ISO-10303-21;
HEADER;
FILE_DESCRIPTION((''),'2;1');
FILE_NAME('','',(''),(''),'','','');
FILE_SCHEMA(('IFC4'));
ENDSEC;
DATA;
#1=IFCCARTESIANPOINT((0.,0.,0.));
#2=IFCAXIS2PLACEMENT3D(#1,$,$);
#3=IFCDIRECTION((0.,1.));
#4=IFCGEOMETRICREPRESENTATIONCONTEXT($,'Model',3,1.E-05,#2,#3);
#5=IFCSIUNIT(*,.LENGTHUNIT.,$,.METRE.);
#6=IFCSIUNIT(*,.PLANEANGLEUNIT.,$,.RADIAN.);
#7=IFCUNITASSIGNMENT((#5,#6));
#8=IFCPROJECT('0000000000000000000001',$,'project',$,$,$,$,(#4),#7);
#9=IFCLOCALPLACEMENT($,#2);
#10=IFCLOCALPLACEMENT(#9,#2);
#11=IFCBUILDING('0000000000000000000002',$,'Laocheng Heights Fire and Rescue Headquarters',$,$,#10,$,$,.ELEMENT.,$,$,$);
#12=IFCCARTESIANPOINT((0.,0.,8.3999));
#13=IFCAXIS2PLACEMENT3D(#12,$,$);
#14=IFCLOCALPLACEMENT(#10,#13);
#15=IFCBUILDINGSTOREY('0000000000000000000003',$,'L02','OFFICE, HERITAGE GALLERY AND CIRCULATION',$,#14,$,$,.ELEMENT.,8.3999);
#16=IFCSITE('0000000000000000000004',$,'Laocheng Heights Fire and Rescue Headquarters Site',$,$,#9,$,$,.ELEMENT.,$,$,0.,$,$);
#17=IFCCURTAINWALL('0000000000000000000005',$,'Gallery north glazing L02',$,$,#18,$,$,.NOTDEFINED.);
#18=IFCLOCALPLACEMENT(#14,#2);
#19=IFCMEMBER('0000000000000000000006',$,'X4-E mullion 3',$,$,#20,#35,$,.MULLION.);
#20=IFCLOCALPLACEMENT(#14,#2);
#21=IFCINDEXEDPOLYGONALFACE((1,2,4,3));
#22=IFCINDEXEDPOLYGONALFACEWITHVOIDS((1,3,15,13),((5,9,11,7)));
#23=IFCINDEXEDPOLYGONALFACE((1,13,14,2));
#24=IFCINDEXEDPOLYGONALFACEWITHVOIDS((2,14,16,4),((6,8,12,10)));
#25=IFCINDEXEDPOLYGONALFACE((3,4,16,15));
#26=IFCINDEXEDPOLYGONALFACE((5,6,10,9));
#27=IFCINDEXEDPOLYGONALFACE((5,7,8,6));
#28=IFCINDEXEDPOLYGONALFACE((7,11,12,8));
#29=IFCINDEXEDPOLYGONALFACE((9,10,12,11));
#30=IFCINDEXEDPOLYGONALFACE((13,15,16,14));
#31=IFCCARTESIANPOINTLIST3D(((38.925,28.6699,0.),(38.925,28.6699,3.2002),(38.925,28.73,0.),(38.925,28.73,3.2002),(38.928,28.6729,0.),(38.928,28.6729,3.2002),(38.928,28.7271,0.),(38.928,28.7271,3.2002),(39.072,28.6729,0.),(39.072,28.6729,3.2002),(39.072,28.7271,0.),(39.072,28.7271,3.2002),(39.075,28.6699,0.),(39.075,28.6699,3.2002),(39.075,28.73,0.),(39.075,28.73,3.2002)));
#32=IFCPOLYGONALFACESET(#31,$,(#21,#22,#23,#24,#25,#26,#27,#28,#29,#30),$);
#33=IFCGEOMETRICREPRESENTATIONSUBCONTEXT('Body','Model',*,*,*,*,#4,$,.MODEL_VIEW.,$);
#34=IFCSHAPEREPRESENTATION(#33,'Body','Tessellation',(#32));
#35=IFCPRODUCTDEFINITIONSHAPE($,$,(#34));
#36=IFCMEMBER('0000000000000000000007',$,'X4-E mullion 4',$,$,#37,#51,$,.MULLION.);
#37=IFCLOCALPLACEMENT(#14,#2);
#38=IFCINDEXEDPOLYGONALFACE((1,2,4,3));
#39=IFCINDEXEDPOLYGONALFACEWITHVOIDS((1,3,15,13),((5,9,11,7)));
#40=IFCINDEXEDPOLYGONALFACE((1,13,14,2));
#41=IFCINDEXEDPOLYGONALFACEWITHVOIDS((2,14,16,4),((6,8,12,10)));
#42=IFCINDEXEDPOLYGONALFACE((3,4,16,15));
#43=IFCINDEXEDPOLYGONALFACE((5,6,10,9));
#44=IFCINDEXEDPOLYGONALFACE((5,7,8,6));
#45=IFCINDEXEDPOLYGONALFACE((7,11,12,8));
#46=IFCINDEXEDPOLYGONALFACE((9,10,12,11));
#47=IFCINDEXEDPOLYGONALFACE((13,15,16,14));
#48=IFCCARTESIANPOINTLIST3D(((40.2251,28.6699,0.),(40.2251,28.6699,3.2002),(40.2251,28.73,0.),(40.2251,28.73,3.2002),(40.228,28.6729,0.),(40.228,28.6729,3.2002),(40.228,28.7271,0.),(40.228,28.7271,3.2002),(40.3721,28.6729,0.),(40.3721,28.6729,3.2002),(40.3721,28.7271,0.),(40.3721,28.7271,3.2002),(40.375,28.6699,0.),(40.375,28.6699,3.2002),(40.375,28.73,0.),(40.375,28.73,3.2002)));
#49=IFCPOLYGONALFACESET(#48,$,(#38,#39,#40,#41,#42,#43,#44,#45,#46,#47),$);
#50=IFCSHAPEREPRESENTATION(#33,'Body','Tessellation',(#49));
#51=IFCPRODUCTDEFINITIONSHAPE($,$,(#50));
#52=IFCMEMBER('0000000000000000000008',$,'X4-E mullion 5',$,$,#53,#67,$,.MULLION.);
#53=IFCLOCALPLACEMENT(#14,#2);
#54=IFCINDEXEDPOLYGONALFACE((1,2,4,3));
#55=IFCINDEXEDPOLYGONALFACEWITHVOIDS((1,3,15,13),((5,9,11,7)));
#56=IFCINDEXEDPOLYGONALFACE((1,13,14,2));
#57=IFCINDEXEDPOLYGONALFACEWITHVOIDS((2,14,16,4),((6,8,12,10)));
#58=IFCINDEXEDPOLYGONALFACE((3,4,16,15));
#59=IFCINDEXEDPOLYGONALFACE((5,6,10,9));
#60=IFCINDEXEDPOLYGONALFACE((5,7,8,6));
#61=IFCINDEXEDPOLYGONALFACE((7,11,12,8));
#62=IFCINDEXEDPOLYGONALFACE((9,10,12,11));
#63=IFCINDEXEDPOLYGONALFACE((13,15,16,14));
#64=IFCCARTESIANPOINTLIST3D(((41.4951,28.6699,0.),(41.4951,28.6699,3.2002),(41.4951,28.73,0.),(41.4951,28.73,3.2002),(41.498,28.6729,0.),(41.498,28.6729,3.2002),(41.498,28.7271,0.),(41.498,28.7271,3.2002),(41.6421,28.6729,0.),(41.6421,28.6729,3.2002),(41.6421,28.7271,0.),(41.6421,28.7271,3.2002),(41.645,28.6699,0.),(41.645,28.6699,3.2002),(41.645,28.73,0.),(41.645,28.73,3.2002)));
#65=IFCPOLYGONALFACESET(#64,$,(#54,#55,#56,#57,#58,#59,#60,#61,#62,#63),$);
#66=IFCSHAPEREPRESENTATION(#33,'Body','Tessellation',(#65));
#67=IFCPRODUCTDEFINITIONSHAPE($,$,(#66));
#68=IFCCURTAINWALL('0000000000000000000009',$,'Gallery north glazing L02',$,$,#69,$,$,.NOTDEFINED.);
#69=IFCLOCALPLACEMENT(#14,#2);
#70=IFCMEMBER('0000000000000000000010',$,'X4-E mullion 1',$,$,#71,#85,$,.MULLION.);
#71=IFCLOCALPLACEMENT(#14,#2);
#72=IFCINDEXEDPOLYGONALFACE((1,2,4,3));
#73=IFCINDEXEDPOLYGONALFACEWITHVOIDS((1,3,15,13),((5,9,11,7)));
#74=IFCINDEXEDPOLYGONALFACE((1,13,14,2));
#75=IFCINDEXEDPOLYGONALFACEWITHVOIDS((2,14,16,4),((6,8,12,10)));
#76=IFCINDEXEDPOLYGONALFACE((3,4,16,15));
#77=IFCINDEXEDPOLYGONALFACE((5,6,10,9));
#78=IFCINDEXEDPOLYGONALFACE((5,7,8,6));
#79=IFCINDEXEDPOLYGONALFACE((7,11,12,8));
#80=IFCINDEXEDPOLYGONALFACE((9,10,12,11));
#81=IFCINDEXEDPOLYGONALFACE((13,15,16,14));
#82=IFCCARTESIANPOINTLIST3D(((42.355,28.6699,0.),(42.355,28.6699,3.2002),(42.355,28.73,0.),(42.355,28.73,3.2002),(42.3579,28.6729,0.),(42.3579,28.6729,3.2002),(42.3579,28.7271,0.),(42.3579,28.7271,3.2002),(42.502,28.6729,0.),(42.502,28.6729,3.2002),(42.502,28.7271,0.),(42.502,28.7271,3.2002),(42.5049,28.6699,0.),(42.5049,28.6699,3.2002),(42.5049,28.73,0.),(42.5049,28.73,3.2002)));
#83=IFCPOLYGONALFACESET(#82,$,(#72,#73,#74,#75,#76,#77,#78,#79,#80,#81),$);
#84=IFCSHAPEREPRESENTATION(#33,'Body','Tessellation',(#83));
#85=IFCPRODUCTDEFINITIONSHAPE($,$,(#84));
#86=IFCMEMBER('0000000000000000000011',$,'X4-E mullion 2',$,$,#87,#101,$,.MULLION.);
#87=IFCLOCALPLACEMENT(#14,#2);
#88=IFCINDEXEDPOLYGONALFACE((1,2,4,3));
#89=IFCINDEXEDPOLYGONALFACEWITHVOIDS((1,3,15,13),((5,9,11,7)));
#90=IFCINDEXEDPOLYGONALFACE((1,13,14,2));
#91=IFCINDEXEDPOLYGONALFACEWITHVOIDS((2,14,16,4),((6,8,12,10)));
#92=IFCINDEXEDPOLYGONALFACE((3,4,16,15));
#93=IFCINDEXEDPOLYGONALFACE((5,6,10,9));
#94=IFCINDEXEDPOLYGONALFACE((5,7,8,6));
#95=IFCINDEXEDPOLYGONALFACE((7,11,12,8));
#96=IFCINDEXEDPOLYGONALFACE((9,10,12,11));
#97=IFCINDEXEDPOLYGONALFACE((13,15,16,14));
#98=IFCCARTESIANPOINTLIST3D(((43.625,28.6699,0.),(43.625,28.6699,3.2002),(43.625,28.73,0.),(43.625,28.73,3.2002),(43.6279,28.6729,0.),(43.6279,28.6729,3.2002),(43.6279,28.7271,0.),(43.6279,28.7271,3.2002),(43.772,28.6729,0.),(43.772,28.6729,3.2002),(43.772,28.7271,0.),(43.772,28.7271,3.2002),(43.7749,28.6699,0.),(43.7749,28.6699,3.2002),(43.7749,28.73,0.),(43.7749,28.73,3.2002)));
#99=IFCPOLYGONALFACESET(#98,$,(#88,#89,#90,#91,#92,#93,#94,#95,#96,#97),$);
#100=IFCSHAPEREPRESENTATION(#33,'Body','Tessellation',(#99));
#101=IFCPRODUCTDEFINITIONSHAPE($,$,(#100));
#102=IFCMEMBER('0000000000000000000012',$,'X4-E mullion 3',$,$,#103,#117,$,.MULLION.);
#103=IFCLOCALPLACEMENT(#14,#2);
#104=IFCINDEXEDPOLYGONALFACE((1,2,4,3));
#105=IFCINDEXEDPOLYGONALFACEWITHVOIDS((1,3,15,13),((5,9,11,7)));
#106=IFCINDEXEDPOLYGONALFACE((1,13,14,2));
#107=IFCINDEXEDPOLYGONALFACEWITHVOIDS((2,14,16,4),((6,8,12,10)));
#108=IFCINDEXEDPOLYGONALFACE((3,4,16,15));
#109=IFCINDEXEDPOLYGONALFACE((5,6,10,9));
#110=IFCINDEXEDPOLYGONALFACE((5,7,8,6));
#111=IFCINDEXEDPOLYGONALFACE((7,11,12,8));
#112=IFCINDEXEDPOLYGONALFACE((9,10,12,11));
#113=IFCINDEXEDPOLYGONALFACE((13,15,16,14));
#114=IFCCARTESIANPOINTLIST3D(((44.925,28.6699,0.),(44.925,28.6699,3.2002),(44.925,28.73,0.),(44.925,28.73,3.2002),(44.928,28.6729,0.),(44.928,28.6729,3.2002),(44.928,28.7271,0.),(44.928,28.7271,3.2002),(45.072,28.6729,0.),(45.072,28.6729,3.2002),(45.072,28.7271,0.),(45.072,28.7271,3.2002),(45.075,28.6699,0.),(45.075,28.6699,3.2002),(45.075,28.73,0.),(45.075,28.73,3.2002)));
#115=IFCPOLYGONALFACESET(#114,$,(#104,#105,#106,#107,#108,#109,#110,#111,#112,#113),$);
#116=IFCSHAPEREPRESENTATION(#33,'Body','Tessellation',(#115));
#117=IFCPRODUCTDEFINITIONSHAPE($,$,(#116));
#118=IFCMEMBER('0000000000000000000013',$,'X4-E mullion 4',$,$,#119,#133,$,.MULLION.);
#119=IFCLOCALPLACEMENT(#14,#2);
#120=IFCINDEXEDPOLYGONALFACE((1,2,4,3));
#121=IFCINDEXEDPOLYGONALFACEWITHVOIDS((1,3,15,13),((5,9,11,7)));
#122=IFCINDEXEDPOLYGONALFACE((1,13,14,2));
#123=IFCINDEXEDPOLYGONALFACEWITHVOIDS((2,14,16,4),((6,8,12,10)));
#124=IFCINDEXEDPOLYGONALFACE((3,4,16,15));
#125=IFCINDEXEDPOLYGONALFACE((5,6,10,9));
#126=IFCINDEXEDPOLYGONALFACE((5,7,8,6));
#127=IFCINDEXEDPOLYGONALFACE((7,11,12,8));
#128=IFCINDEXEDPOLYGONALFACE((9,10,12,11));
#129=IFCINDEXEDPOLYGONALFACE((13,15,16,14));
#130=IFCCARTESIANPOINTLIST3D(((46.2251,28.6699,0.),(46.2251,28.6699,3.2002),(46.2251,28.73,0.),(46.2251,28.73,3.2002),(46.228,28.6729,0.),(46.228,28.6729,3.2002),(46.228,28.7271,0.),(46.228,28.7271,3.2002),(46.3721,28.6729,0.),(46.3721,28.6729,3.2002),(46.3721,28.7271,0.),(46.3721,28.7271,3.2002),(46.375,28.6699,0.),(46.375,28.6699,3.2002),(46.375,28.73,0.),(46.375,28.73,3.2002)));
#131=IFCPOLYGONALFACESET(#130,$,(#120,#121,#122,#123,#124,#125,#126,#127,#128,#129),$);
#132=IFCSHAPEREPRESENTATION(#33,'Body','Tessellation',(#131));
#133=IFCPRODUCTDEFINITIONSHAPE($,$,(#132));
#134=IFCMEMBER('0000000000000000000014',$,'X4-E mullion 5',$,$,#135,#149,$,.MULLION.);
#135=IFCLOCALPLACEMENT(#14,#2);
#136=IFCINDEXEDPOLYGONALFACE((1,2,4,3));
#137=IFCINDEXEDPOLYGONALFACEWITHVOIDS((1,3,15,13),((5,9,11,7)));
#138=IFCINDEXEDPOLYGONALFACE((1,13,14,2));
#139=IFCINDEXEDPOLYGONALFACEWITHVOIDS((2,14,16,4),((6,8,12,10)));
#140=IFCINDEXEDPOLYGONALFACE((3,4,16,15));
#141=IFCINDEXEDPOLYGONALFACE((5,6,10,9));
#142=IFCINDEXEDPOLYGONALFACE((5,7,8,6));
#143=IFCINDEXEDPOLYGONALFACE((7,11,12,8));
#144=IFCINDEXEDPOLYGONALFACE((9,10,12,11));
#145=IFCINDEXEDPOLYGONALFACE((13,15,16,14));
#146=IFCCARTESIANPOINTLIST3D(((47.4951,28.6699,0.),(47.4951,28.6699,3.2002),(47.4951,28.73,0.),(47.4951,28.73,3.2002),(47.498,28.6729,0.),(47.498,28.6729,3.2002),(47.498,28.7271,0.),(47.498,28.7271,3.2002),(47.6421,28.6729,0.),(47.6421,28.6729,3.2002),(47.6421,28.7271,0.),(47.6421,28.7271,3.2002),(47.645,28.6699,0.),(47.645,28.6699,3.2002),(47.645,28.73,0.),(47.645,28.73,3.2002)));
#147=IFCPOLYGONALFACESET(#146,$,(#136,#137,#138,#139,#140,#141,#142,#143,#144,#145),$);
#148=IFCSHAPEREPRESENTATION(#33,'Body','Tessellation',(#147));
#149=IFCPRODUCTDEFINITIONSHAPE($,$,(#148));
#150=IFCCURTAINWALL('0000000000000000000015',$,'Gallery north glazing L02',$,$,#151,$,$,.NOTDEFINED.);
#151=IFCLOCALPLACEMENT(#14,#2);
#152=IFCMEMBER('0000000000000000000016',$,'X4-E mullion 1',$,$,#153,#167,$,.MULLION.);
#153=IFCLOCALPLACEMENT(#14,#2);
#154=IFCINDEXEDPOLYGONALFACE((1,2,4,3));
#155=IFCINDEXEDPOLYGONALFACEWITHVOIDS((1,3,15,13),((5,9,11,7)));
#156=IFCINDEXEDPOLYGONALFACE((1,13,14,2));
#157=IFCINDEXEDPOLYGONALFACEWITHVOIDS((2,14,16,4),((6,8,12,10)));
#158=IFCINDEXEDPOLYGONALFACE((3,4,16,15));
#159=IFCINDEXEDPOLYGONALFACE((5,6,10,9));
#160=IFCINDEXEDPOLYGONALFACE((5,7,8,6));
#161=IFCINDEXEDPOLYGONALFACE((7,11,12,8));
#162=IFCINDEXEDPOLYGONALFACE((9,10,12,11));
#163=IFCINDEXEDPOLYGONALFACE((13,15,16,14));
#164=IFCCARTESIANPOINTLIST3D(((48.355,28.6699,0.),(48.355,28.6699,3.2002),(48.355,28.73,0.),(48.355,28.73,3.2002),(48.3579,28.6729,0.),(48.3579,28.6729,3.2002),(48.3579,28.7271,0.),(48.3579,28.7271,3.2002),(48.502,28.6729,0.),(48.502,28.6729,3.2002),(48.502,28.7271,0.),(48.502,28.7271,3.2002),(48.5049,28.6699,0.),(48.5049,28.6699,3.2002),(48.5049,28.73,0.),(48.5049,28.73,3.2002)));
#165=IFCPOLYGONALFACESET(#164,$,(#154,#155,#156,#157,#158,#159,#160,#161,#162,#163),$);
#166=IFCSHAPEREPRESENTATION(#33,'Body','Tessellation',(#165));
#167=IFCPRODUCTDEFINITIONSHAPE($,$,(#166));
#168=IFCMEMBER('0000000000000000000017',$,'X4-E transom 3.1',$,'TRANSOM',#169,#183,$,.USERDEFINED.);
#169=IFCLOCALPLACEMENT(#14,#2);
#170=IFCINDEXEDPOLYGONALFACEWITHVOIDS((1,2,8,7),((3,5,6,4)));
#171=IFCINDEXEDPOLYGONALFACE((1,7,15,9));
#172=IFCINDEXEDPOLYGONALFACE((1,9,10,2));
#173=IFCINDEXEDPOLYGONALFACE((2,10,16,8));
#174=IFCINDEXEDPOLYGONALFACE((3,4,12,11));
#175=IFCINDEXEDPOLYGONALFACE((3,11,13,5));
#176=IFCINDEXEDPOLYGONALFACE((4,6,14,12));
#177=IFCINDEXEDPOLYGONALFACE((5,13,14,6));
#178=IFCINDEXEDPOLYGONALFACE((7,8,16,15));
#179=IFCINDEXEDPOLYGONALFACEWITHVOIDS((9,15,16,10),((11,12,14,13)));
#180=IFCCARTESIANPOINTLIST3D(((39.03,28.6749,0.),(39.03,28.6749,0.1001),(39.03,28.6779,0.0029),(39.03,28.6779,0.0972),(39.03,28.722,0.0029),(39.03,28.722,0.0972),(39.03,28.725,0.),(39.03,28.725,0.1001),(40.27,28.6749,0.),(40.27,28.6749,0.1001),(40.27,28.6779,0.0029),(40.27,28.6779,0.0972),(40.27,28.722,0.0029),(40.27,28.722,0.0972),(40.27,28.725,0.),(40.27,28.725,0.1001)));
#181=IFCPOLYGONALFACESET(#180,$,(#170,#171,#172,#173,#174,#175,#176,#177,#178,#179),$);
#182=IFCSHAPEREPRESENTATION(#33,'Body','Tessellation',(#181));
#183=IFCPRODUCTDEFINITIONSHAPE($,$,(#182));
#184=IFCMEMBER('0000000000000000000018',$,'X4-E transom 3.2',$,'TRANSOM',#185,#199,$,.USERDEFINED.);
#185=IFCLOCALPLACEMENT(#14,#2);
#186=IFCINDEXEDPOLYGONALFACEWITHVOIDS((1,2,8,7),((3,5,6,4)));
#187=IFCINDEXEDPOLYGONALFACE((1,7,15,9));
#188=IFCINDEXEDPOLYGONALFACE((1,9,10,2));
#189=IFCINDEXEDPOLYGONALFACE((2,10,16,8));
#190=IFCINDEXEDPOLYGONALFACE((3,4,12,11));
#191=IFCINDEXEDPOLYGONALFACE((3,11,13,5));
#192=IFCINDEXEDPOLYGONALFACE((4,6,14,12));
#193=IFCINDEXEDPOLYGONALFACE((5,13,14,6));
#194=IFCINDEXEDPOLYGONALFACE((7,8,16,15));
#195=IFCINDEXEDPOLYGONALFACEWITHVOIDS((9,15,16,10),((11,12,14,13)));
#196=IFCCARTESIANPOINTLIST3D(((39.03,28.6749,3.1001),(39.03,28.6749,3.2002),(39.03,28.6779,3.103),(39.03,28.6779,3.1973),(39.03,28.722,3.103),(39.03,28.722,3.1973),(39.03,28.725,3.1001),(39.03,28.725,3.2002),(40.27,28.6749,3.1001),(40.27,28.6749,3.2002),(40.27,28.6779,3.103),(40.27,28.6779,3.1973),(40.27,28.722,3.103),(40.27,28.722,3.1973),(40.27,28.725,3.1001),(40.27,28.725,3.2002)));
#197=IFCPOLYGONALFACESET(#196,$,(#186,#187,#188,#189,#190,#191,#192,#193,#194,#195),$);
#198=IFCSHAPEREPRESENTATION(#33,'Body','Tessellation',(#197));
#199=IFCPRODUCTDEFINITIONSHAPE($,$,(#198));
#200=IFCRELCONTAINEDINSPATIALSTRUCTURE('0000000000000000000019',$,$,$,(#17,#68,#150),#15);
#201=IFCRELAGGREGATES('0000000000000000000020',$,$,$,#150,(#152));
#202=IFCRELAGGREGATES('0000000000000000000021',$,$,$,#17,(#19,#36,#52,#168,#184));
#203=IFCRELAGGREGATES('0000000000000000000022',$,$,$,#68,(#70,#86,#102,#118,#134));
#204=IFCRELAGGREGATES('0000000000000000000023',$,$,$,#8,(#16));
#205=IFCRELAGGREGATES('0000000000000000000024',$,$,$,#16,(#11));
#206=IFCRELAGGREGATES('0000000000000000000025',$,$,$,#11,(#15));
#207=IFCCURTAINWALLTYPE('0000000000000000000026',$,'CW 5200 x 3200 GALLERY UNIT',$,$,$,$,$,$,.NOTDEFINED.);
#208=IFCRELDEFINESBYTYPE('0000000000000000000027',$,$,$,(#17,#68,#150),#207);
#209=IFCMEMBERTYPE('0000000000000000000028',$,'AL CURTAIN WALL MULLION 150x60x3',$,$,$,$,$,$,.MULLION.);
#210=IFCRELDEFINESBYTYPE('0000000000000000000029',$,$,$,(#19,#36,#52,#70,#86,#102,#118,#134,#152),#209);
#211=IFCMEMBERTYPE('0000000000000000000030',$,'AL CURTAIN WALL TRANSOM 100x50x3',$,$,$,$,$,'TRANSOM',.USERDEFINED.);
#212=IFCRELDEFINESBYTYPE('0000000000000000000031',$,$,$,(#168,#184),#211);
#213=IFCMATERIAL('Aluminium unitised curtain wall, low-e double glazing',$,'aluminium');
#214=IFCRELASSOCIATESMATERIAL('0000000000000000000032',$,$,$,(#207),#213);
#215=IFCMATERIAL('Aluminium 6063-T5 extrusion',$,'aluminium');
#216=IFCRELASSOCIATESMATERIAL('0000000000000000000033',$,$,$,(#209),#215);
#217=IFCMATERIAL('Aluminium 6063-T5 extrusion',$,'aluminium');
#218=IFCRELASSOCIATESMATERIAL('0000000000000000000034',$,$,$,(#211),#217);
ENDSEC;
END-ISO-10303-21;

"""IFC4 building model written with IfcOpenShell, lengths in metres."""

from ifc_helpers import new_model, si_unit, direction, frame, origin, origin_2d, place, context, subcontext, project, spatial, hollow_rectangle, extrude, material, material_profile, profile_set, type_object, element, aggregate, save


model = new_model("IFC4")

# Units and contexts
model_context = context("Model", 3, precision=1e-05, world=origin(), true_north=direction((0.0, 1.0)))
body_context = subcontext(model_context, "Body", "Model", "MODEL_VIEW")
ifc_project = project(units=[si_unit("LENGTHUNIT", "METRE"), si_unit("PLANEANGLEUNIT", "RADIAN")], contexts=[model_context])

# Site, building, storey
site_placement = place(None, origin())
site = spatial("IfcSite", under=ifc_project, at=site_placement, Name="Laocheng Heights Fire and Rescue Headquarters Site", CompositionType="ELEMENT", RefElevation=0.0)
building_placement = place(site_placement, origin())
building = spatial("IfcBuilding", under=site, at=building_placement, Name="Laocheng Heights Fire and Rescue Headquarters", CompositionType="ELEMENT")
storey_placement = place(building_placement, frame((0.0, 0.0, 8.3999)))
storey = spatial("IfcBuildingStorey", under=building, at=storey_placement, Name="L02", Description="OFFICE, HERITAGE GALLERY AND CIRCULATION", CompositionType="ELEMENT", Elevation=8.3999)

# Curtain walls, members
ifc_material_1 = material(Name="Aluminium unitised curtain wall, low-e double glazing", Category="aluminium")
curtain_wall_type = type_object("IfcCurtainWallType", Name="CW 5200 x 3200 GALLERY UNIT", PredefinedType="NOTDEFINED", material=ifc_material_1)
curtain_wall_1_placement = place(storey_placement, origin())
curtain_wall_1 = element("IfcCurtainWall", 1, at=curtain_wall_1_placement, inside=storey, type_object=curtain_wall_type, Name="Gallery north glazing L02", PredefinedType="NOTDEFINED")
ifc_material_2 = material(Name="Aluminium 6063-T5 extrusion", Category="aluminium")
ifc_material_profile_1 = material_profile(ifc_material_2, hollow_rectangle(XDim=0.0601, YDim=0.1499, WallThickness=0.0029, at=origin_2d()), Name="AL MULLION 150x60x3")
ifc_profile_set_1 = profile_set([ifc_material_profile_1], Name="Aluminium 6063-T5 extrusion")
member_type_1 = type_object("IfcMemberType", Name="AL CURTAIN WALL MULLION 150x60x3", PredefinedType="MULLION", material=ifc_profile_set_1)
member_1_placement = place(storey_placement, frame((39.0, 28.7, 0.0), z_axis=(0.0, 0.0, 1.0), x_axis=(0.0, 1.0, 0.0)))
member_1 = element("IfcMember", 2, at=member_1_placement, type_object=member_type_1, Name="X4-E mullion 3", PredefinedType="MULLION", context=body_context, shape_type="SweptSolid", body=[
    extrude(hollow_rectangle(XDim=0.0601, YDim=0.1499, WallThickness=0.0029, at=origin_2d()), origin(), (0.0, 0.0, 1.0), 3.2002),
])
member_2_placement = place(storey_placement, frame((40.3, 28.7, 0.0), z_axis=(0.0, 0.0, 1.0), x_axis=(0.0, 1.0, 0.0)))
member_2 = element("IfcMember", 3, at=member_2_placement, type_object=member_type_1, Name="X4-E mullion 4", PredefinedType="MULLION", context=body_context, shape_type="SweptSolid", body=[
    extrude(hollow_rectangle(XDim=0.0601, YDim=0.1499, WallThickness=0.0029, at=origin_2d()), origin(), (0.0, 0.0, 1.0), 3.2002),
])
member_3_placement = place(storey_placement, frame((41.5701, 28.7, 0.0), z_axis=(0.0, 0.0, 1.0), x_axis=(0.0, 1.0, 0.0)))
member_3 = element("IfcMember", 4, at=member_3_placement, type_object=member_type_1, Name="X4-E mullion 5", PredefinedType="MULLION", context=body_context, shape_type="SweptSolid", body=[
    extrude(hollow_rectangle(XDim=0.0601, YDim=0.1499, WallThickness=0.0029, at=origin_2d()), origin(), (0.0, 0.0, 1.0), 3.2002),
])
curtain_wall_2_placement = place(storey_placement, origin())
curtain_wall_2 = element("IfcCurtainWall", 5, at=curtain_wall_2_placement, inside=storey, type_object=curtain_wall_type, Name="Gallery north glazing L02", PredefinedType="NOTDEFINED")
member_4_placement = place(storey_placement, frame((42.4299, 28.7, 0.0), z_axis=(0.0, 0.0, 1.0), x_axis=(0.0, 1.0, 0.0)))
member_4 = element("IfcMember", 6, at=member_4_placement, type_object=member_type_1, Name="X4-E mullion 1", PredefinedType="MULLION", context=body_context, shape_type="SweptSolid", body=[
    extrude(hollow_rectangle(XDim=0.0601, YDim=0.1499, WallThickness=0.0029, at=origin_2d()), origin(), (0.0, 0.0, 1.0), 3.2002),
])
member_5_placement = place(storey_placement, frame((43.7, 28.7, 0.0), z_axis=(0.0, 0.0, 1.0), x_axis=(0.0, 1.0, 0.0)))
member_5 = element("IfcMember", 7, at=member_5_placement, type_object=member_type_1, Name="X4-E mullion 2", PredefinedType="MULLION", context=body_context, shape_type="SweptSolid", body=[
    extrude(hollow_rectangle(XDim=0.0601, YDim=0.1499, WallThickness=0.0029, at=origin_2d()), origin(), (0.0, 0.0, 1.0), 3.2002),
])
member_6_placement = place(storey_placement, frame((45.0, 28.7, 0.0), z_axis=(0.0, 0.0, 1.0), x_axis=(0.0, 1.0, 0.0)))
member_6 = element("IfcMember", 8, at=member_6_placement, type_object=member_type_1, Name="X4-E mullion 3", PredefinedType="MULLION", context=body_context, shape_type="SweptSolid", body=[
    extrude(hollow_rectangle(XDim=0.0601, YDim=0.1499, WallThickness=0.0029, at=origin_2d()), origin(), (0.0, 0.0, 1.0), 3.2002),
])
member_7_placement = place(storey_placement, frame((46.3, 28.7, 0.0), z_axis=(0.0, 0.0, 1.0), x_axis=(0.0, 1.0, 0.0)))
member_7 = element("IfcMember", 9, at=member_7_placement, type_object=member_type_1, Name="X4-E mullion 4", PredefinedType="MULLION", context=body_context, shape_type="SweptSolid", body=[
    extrude(hollow_rectangle(XDim=0.0601, YDim=0.1499, WallThickness=0.0029, at=origin_2d()), origin(), (0.0, 0.0, 1.0), 3.2002),
])
member_8_placement = place(storey_placement, frame((47.5701, 28.7, 0.0), z_axis=(0.0, 0.0, 1.0), x_axis=(0.0, 1.0, 0.0)))
member_8 = element("IfcMember", 10, at=member_8_placement, type_object=member_type_1, Name="X4-E mullion 5", PredefinedType="MULLION", context=body_context, shape_type="SweptSolid", body=[
    extrude(hollow_rectangle(XDim=0.0601, YDim=0.1499, WallThickness=0.0029, at=origin_2d()), origin(), (0.0, 0.0, 1.0), 3.2002),
])

# Curtain wall, member
curtain_wall_3_placement = place(storey_placement, origin())
curtain_wall_3 = element("IfcCurtainWall", 11, at=curtain_wall_3_placement, inside=storey, type_object=curtain_wall_type, Name="Gallery north glazing L02", PredefinedType="NOTDEFINED")
member_9_placement = place(storey_placement, frame((48.4299, 28.7, 0.0), z_axis=(0.0, 0.0, 1.0), x_axis=(0.0, 1.0, 0.0)))
member_9 = element("IfcMember", 12, at=member_9_placement, type_object=member_type_1, Name="X4-E mullion 1", PredefinedType="MULLION", context=body_context, shape_type="SweptSolid", body=[
    extrude(hollow_rectangle(XDim=0.0601, YDim=0.1499, WallThickness=0.0029, at=origin_2d()), origin(), (0.0, 0.0, 1.0), 3.2002),
])

# Members
ifc_material_3 = material(Name="Aluminium 6063-T5 extrusion", Category="aluminium")
ifc_material_profile_2 = material_profile(ifc_material_3, hollow_rectangle(XDim=0.05, YDim=0.1001, WallThickness=0.0029, at=origin_2d()), Name="AL TRANSOM 100x50x3")
ifc_profile_set_2 = profile_set([ifc_material_profile_2], Name="Aluminium 6063-T5 extrusion")
member_type_2 = type_object("IfcMemberType", Name="AL CURTAIN WALL TRANSOM 100x50x3", ElementType="TRANSOM", PredefinedType="USERDEFINED", material=ifc_profile_set_2)
member_10_placement = place(storey_placement, frame((39.03, 28.7, 0.05), z_axis=(1.0, 0.0, 0.0), x_axis=(0.0, 1.0, 0.0)))
member_10 = element("IfcMember", 13, at=member_10_placement, type_object=member_type_2, Name="X4-E transom 3.1", ObjectType="TRANSOM", PredefinedType="USERDEFINED", context=body_context, shape_type="SweptSolid", body=[
    extrude(hollow_rectangle(XDim=0.05, YDim=0.1001, WallThickness=0.0029, at=origin_2d()), origin(), (0.0, 0.0, 1.0), 1.24),
])
member_11_placement = place(storey_placement, frame((39.03, 28.7, 3.1501), z_axis=(1.0, 0.0, 0.0), x_axis=(0.0, 1.0, 0.0)))
member_11 = element("IfcMember", 14, at=member_11_placement, type_object=member_type_2, Name="X4-E transom 3.2", ObjectType="TRANSOM", PredefinedType="USERDEFINED", context=body_context, shape_type="SweptSolid", body=[
    extrude(hollow_rectangle(XDim=0.05, YDim=0.1001, WallThickness=0.0029, at=origin_2d()), origin(), (0.0, 0.0, 1.0), 1.24),
])
aggregate(curtain_wall_3, [member_9])

aggregate(curtain_wall_1, [member_1, member_2, member_3, member_10, member_11])
aggregate(curtain_wall_2, [member_4, member_5, member_6, member_7, member_8])

save(model, "model.ifc")
